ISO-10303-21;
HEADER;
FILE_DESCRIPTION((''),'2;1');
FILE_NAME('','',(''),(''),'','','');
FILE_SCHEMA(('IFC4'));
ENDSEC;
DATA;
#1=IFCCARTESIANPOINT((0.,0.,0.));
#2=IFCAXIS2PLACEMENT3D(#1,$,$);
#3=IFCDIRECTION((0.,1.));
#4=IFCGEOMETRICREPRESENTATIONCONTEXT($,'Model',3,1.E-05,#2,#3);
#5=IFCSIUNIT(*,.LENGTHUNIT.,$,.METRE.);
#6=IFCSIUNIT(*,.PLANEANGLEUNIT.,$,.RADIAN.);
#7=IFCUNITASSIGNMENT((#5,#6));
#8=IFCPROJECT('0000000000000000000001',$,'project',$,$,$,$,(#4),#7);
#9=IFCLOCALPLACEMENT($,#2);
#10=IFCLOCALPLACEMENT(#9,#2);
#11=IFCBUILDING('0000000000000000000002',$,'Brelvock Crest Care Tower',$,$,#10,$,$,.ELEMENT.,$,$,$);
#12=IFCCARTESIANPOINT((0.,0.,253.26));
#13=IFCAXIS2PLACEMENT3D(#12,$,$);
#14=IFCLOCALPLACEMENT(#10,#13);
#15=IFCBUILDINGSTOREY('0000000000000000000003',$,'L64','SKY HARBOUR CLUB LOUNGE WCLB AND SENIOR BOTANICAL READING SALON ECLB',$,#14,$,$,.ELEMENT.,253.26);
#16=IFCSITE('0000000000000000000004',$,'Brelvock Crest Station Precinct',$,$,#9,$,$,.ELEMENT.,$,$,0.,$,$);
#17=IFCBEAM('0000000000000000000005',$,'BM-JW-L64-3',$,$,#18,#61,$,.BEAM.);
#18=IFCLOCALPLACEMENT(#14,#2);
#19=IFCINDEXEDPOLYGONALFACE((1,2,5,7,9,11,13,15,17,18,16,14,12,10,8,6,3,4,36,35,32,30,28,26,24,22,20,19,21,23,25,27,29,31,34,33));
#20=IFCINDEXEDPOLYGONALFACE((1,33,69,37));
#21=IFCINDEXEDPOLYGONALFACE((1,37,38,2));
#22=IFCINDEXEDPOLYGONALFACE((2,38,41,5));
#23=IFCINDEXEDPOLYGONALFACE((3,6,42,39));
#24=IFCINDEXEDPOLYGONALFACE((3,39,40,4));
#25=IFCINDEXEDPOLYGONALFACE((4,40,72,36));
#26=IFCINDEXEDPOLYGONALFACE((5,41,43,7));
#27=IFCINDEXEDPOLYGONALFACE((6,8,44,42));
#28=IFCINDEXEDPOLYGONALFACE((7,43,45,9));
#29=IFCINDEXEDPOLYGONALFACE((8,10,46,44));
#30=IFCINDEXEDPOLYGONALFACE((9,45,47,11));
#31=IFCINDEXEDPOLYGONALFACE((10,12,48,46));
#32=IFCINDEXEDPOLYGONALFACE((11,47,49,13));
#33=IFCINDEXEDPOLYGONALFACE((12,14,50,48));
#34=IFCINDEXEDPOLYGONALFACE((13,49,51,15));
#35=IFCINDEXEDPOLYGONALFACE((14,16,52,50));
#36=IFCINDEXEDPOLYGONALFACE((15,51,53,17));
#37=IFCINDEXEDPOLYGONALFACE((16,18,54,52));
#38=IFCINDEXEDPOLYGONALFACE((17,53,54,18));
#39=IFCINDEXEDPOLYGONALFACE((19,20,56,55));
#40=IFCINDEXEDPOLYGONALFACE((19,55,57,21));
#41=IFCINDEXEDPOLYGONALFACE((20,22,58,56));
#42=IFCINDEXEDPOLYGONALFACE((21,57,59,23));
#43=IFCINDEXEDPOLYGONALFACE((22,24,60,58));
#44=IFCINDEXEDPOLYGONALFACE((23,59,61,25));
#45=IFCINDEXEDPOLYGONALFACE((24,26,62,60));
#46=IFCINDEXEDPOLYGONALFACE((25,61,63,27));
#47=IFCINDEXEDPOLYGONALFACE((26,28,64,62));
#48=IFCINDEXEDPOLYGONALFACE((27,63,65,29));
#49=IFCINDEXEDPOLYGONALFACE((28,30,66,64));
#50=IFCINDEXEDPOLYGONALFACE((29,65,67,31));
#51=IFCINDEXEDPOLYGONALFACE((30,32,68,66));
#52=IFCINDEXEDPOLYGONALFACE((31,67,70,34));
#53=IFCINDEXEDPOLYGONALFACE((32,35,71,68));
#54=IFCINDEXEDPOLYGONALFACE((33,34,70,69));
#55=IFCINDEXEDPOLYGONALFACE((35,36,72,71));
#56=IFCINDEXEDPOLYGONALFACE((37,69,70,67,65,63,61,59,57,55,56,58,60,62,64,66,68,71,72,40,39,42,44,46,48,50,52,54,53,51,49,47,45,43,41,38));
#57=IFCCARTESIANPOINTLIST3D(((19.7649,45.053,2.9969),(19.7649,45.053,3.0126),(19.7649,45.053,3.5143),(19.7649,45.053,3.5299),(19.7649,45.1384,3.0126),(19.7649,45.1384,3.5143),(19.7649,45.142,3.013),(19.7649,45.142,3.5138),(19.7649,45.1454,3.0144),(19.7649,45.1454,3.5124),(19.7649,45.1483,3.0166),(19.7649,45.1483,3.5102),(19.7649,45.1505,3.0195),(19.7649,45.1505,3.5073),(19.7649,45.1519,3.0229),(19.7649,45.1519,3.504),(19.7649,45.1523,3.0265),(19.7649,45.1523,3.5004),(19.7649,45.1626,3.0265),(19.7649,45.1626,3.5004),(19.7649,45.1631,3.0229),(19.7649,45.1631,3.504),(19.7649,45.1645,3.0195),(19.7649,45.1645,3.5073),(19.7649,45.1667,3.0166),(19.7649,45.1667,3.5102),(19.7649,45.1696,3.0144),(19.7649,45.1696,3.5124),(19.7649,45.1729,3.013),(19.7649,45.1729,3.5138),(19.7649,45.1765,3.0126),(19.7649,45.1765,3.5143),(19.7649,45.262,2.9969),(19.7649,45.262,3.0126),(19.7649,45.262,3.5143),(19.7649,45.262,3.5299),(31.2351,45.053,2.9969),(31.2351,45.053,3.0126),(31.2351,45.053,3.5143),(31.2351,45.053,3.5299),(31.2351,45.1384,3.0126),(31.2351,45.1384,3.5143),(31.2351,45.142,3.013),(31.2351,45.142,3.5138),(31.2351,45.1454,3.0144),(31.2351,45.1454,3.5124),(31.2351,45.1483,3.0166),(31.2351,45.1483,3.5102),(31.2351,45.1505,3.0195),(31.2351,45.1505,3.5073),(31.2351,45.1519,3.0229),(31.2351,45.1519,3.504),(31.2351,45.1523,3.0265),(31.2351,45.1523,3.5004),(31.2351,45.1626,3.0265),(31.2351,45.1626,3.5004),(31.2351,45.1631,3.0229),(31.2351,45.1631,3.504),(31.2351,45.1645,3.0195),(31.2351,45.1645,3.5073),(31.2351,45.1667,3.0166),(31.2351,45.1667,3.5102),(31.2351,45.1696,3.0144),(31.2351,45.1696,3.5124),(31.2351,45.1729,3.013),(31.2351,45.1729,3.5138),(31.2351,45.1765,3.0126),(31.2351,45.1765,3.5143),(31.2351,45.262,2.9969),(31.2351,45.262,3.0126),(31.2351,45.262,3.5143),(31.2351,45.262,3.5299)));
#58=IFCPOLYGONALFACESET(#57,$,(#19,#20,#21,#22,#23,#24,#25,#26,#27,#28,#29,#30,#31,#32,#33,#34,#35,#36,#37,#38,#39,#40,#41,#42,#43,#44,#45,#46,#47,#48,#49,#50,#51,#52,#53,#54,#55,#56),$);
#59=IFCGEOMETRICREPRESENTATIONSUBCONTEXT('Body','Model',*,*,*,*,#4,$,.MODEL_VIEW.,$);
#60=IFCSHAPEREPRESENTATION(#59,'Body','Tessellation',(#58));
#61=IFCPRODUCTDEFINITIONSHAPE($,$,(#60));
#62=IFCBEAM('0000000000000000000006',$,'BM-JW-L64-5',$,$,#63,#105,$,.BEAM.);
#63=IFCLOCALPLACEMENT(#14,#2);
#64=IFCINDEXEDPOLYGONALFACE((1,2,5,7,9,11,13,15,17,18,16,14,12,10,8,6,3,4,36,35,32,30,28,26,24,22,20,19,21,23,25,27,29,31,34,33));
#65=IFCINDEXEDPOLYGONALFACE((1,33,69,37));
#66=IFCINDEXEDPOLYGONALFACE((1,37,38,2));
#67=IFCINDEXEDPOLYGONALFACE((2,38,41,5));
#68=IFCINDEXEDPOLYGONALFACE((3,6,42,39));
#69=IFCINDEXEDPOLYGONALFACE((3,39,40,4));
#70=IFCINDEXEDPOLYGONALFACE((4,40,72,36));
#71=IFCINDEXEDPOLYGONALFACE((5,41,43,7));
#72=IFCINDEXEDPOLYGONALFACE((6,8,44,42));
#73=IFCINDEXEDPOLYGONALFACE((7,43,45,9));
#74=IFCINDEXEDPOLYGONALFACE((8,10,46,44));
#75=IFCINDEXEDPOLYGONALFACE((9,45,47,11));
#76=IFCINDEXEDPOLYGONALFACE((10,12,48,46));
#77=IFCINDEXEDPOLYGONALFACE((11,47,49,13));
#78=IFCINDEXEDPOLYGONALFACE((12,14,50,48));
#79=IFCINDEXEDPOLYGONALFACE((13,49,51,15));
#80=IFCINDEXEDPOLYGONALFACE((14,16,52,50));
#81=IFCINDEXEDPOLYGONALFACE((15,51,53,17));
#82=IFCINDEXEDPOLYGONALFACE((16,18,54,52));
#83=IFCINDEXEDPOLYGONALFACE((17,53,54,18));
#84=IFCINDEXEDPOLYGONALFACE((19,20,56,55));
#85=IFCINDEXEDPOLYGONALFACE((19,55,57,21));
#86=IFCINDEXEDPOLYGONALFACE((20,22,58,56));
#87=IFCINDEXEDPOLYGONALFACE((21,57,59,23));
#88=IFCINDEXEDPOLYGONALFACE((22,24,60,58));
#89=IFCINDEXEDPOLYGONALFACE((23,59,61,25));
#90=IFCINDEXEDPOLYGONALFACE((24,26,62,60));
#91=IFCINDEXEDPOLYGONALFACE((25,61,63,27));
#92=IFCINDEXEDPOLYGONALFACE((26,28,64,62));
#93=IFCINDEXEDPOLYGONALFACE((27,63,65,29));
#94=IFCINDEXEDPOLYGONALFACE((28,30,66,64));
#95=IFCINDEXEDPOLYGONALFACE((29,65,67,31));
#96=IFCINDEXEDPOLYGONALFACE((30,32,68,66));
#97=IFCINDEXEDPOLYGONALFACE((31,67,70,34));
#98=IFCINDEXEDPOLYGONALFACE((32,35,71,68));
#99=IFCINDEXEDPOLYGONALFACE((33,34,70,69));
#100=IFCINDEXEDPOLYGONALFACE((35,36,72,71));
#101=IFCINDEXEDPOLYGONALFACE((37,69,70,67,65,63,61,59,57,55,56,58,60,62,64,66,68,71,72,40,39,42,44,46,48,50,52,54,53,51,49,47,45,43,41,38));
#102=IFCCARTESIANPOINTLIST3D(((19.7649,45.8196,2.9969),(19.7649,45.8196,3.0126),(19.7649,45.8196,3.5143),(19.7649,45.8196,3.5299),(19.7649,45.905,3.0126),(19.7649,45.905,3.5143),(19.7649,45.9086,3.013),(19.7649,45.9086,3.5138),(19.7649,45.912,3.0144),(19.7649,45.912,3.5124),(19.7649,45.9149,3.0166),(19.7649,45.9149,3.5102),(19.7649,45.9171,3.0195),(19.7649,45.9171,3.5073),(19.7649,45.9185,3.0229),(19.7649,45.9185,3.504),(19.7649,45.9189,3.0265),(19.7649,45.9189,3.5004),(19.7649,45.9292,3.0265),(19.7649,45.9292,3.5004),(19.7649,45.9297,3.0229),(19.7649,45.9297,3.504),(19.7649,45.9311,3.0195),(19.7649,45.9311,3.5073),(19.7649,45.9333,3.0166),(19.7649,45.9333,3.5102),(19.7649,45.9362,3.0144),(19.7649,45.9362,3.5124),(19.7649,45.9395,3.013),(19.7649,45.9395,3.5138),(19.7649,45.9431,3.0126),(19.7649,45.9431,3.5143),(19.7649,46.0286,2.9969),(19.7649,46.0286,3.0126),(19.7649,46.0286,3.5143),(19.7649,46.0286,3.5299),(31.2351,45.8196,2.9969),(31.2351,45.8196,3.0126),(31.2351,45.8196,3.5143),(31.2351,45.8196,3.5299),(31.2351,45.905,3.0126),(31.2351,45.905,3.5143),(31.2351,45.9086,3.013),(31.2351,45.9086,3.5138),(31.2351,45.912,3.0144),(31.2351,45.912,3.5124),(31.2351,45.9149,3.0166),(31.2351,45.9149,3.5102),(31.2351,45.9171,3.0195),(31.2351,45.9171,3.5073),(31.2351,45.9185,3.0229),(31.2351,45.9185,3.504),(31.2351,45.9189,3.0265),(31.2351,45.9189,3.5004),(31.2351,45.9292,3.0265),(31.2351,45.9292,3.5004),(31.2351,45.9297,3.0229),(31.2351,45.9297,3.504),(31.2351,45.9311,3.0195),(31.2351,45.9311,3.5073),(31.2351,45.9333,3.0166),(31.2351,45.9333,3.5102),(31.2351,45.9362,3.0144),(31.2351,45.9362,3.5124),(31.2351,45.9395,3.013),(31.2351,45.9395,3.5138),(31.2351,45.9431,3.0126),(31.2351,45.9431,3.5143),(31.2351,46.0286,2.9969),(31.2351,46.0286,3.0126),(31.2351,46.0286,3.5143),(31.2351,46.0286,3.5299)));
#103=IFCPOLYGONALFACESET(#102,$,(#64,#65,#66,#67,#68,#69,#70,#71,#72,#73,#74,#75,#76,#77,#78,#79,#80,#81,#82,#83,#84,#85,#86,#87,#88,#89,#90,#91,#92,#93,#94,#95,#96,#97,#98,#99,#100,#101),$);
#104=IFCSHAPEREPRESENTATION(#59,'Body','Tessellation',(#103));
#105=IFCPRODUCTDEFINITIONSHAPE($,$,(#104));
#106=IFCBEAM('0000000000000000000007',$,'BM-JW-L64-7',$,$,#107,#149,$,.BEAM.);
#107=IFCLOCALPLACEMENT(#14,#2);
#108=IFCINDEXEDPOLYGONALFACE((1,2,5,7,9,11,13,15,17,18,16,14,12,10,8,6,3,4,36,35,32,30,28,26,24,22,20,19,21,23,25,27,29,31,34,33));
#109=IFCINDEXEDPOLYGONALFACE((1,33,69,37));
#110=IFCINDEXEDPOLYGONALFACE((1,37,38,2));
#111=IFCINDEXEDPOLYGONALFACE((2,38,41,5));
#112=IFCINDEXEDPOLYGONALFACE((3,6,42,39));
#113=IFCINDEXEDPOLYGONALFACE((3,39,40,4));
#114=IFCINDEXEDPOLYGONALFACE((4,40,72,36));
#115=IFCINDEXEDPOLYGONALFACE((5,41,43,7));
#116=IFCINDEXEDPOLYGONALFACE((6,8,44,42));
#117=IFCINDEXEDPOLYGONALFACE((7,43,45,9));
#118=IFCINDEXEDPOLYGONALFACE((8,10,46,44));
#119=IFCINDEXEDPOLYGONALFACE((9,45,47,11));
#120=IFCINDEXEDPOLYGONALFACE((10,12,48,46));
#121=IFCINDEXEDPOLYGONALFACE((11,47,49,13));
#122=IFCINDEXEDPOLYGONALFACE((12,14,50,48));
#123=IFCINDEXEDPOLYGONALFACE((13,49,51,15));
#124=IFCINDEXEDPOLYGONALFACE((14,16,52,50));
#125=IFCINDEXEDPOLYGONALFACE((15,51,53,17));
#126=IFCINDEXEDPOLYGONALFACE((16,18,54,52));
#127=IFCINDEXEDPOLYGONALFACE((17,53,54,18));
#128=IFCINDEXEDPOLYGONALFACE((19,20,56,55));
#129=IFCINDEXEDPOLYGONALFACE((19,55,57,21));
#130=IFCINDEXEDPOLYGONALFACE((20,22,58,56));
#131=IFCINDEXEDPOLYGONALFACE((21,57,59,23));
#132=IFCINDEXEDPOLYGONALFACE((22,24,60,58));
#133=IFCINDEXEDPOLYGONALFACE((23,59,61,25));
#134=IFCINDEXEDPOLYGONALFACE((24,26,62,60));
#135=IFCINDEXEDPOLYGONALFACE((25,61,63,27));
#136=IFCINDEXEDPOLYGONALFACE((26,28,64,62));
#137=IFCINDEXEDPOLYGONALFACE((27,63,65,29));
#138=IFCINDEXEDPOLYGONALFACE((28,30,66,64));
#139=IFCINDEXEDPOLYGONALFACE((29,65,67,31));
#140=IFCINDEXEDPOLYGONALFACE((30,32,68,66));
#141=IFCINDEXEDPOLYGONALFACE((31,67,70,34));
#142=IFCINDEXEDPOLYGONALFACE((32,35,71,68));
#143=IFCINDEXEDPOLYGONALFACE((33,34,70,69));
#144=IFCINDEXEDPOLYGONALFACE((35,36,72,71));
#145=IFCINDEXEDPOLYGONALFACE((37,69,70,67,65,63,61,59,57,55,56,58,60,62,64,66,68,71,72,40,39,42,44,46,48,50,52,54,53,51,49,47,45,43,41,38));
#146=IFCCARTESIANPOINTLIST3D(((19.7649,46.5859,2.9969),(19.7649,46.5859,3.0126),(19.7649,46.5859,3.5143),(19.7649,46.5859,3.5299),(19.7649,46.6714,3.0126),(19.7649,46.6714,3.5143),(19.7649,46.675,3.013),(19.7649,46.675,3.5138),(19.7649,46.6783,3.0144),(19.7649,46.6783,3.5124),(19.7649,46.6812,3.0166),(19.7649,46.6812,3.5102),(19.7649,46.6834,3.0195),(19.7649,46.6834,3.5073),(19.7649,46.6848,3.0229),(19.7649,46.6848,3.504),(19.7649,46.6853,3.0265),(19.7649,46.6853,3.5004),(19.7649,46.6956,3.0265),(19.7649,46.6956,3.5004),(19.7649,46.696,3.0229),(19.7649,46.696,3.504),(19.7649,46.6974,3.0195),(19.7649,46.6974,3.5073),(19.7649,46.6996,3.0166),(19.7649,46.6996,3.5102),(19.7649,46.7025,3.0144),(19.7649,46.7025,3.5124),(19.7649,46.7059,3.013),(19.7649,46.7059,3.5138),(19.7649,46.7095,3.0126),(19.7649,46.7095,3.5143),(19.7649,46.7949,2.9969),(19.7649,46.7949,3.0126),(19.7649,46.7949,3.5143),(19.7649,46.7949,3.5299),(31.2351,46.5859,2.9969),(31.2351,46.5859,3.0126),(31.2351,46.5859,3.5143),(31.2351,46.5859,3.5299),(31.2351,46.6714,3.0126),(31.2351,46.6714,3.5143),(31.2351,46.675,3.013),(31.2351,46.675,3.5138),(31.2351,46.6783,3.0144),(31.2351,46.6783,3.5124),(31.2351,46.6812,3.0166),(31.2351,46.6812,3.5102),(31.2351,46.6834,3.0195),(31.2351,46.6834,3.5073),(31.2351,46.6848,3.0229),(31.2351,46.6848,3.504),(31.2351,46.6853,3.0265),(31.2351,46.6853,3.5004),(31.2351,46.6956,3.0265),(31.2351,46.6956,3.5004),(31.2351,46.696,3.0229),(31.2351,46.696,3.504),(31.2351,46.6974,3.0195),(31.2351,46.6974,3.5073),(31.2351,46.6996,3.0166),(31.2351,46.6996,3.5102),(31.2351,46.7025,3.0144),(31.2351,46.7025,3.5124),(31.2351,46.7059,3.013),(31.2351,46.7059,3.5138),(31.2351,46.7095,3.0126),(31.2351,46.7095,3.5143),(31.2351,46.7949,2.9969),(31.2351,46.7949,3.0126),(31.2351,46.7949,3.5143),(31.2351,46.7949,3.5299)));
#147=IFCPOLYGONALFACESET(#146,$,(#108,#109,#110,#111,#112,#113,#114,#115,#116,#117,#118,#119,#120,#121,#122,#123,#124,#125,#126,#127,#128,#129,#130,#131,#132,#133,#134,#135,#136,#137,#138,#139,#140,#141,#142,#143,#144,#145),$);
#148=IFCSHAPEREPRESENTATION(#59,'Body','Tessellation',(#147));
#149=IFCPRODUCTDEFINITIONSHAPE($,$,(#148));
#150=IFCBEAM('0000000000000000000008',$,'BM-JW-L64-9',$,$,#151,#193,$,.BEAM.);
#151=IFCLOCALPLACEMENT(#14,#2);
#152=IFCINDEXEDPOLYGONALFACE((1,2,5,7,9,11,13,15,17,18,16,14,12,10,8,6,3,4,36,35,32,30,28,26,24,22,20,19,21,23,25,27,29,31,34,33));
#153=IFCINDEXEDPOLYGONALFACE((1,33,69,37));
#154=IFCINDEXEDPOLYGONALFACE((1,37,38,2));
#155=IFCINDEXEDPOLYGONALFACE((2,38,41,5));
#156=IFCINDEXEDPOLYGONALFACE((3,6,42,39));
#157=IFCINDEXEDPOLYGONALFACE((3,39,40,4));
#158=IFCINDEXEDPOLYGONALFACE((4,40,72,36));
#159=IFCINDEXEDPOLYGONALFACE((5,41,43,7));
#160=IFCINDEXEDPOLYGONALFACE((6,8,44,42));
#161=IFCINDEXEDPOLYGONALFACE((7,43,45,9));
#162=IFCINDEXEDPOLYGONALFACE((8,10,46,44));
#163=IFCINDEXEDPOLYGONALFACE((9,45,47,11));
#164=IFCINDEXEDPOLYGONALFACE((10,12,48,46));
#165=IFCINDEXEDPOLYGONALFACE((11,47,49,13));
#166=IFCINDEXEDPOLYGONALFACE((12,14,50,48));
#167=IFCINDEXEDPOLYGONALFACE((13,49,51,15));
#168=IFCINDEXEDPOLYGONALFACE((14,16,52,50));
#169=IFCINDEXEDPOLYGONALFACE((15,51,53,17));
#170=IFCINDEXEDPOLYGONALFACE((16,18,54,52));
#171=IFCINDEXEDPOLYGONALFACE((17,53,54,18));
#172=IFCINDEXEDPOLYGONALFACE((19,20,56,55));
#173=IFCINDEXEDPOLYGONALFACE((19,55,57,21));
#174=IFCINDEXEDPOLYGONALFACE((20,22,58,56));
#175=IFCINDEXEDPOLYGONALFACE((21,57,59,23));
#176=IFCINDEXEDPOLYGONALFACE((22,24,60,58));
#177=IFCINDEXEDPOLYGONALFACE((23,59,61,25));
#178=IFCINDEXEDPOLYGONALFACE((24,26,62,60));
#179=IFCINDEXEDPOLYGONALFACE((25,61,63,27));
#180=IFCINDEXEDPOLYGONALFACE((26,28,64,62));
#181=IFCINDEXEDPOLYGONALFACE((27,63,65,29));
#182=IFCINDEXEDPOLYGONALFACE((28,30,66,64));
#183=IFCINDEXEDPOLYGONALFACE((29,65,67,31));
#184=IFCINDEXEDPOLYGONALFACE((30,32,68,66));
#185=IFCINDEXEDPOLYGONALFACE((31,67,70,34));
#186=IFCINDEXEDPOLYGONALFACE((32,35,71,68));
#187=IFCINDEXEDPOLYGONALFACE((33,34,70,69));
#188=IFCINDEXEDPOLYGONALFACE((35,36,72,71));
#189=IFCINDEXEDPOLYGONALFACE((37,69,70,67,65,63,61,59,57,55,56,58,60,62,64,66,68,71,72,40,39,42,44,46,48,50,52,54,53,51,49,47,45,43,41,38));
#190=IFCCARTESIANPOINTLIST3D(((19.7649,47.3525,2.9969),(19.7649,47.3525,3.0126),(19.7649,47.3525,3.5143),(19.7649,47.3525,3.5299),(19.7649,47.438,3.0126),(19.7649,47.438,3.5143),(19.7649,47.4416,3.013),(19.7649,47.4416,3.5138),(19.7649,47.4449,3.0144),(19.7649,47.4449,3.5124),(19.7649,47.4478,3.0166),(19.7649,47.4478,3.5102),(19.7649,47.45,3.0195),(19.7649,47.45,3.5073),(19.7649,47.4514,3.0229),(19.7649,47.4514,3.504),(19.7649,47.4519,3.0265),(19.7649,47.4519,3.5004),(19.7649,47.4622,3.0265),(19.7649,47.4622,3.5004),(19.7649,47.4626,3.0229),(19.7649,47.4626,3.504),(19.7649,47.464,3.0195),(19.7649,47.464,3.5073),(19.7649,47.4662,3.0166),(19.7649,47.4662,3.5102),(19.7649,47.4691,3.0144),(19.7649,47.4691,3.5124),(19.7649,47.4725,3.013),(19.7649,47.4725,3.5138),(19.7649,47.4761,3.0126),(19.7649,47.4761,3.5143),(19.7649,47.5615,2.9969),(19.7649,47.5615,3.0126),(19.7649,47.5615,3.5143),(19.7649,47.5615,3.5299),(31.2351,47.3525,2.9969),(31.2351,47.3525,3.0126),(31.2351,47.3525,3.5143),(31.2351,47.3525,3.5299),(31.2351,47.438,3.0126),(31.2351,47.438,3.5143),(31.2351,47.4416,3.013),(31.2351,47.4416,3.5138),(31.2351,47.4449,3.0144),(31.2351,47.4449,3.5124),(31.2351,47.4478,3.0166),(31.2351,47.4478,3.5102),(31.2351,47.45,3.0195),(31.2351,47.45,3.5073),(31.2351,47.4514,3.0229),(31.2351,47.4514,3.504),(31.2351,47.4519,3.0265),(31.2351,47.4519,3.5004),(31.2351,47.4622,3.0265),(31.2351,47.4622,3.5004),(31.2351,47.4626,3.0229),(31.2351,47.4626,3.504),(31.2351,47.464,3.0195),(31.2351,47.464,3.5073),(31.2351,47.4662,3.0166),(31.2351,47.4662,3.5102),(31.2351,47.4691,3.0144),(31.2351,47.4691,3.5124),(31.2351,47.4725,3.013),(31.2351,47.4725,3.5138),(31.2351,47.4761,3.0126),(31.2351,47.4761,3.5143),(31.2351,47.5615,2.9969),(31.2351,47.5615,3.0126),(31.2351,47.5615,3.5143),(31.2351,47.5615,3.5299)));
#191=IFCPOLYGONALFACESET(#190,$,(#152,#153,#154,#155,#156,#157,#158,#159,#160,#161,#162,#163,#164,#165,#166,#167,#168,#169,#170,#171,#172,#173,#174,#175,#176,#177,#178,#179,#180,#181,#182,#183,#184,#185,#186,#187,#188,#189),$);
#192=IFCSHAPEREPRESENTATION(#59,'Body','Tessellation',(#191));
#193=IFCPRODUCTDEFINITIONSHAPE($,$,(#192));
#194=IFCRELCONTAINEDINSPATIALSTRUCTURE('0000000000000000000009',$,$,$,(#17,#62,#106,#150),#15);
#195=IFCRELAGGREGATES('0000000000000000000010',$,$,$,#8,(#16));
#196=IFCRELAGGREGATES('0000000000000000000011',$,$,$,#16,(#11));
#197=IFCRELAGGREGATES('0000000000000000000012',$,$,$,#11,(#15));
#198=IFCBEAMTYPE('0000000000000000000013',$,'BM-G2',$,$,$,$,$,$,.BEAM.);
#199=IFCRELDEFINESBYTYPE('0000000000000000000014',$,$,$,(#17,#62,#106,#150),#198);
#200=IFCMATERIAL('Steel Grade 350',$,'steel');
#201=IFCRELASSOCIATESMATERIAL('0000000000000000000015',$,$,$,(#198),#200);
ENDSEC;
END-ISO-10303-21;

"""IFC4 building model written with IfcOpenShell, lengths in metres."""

from ifc_helpers import new_model, si_unit, direction, frame, origin, origin_2d, place, context, subcontext, project, spatial, i_section, extrude, source, transform, mapped, material, material_profile, profile_set, type_object, element, save


model = new_model("IFC4")

# Units and contexts
model_context = context("Model", 3, precision=1e-05, world=origin(), true_north=direction((0.0, 1.0)))
body_context = subcontext(model_context, "Body", "Model", "MODEL_VIEW")
ifc_project = project(units=[si_unit("LENGTHUNIT", "METRE"), si_unit("PLANEANGLEUNIT", "RADIAN")], contexts=[model_context])

# Site, building, storey
site_placement = place(None, origin())
site = spatial("IfcSite", under=ifc_project, at=site_placement, Name="Brelvock Crest Station Precinct", CompositionType="ELEMENT", RefElevation=0.0)
building_placement = place(site_placement, origin())
building = spatial("IfcBuilding", under=site, at=building_placement, Name="Brelvock Crest Care Tower", CompositionType="ELEMENT")
storey_placement = place(building_placement, frame((0.0, 0.0, 253.26)))
storey = spatial("IfcBuildingStorey", under=building, at=storey_placement, Name="L64", Description="SKY HARBOUR CLUB LOUNGE WCLB AND SENIOR BOTANICAL READING SALON ECLB", CompositionType="ELEMENT", Elevation=253.26)

# Beams
ifc_material_1 = material(Name="Steel Grade 350", Category="steel")
ifc_material_profile_1 = material_profile(ifc_material_1, i_section(OverallWidth=0.209, OverallDepth=0.533, WebThickness=0.0103, FlangeThickness=0.0156, FilletRadius=0.0139, at=origin_2d()), Name="530UB92.4")
ifc_profile_set_1 = profile_set([ifc_material_profile_1], Name="Steel Grade 350")
beam_type_1 = type_object("IfcBeamType", Name="BM-G2", PredefinedType="BEAM", material=ifc_profile_set_1)
shared_shape_1 = source(origin(), body_context, "Body", "SweptSolid", [
    extrude(i_section(OverallWidth=0.209, OverallDepth=0.533, WebThickness=0.0103, FlangeThickness=0.0156, FilletRadius=0.0139, at=origin_2d()), origin(), (0.0, 0.0, 1.0), 11.4702),
])
for number, where, z_axis, x_axis, name in (
    (1, (19.7649, 45.1575, 3.2634), (1.0, 0.0, 0.0), (0.0, 1.0, 0.0), "BM-JW-L64-3"),
    (2, (19.7649, 45.9241, 3.2634), (1.0, 0.0, 0.0), (0.0, 1.0, 0.0), "BM-JW-L64-5"),
    (3, (19.7649, 46.6904, 3.2634), (1.0, 0.0, 0.0), (0.0, 1.0, 0.0), "BM-JW-L64-7"),
    (4, (19.7649, 47.457, 3.2634), (1.0, 0.0, 0.0), (0.0, 1.0, 0.0), "BM-JW-L64-9"),
):
    element("IfcBeam", number, at=place(storey_placement, frame(where, z_axis=z_axis, x_axis=x_axis)), inside=storey, type_object=beam_type_1, Name=name, PredefinedType="BEAM", context=body_context, shape_type="MappedRepresentation", body=[
        mapped(shared_shape_1, transform((0.0, 0.0, 0.0), x_axis=(1.0, 0.0, 0.0), y_axis=(0.0, 1.0, 0.0), z_axis=(0.0, 0.0, 1.0), scale=1.0)),
    ])

save(model, "model.ifc")
